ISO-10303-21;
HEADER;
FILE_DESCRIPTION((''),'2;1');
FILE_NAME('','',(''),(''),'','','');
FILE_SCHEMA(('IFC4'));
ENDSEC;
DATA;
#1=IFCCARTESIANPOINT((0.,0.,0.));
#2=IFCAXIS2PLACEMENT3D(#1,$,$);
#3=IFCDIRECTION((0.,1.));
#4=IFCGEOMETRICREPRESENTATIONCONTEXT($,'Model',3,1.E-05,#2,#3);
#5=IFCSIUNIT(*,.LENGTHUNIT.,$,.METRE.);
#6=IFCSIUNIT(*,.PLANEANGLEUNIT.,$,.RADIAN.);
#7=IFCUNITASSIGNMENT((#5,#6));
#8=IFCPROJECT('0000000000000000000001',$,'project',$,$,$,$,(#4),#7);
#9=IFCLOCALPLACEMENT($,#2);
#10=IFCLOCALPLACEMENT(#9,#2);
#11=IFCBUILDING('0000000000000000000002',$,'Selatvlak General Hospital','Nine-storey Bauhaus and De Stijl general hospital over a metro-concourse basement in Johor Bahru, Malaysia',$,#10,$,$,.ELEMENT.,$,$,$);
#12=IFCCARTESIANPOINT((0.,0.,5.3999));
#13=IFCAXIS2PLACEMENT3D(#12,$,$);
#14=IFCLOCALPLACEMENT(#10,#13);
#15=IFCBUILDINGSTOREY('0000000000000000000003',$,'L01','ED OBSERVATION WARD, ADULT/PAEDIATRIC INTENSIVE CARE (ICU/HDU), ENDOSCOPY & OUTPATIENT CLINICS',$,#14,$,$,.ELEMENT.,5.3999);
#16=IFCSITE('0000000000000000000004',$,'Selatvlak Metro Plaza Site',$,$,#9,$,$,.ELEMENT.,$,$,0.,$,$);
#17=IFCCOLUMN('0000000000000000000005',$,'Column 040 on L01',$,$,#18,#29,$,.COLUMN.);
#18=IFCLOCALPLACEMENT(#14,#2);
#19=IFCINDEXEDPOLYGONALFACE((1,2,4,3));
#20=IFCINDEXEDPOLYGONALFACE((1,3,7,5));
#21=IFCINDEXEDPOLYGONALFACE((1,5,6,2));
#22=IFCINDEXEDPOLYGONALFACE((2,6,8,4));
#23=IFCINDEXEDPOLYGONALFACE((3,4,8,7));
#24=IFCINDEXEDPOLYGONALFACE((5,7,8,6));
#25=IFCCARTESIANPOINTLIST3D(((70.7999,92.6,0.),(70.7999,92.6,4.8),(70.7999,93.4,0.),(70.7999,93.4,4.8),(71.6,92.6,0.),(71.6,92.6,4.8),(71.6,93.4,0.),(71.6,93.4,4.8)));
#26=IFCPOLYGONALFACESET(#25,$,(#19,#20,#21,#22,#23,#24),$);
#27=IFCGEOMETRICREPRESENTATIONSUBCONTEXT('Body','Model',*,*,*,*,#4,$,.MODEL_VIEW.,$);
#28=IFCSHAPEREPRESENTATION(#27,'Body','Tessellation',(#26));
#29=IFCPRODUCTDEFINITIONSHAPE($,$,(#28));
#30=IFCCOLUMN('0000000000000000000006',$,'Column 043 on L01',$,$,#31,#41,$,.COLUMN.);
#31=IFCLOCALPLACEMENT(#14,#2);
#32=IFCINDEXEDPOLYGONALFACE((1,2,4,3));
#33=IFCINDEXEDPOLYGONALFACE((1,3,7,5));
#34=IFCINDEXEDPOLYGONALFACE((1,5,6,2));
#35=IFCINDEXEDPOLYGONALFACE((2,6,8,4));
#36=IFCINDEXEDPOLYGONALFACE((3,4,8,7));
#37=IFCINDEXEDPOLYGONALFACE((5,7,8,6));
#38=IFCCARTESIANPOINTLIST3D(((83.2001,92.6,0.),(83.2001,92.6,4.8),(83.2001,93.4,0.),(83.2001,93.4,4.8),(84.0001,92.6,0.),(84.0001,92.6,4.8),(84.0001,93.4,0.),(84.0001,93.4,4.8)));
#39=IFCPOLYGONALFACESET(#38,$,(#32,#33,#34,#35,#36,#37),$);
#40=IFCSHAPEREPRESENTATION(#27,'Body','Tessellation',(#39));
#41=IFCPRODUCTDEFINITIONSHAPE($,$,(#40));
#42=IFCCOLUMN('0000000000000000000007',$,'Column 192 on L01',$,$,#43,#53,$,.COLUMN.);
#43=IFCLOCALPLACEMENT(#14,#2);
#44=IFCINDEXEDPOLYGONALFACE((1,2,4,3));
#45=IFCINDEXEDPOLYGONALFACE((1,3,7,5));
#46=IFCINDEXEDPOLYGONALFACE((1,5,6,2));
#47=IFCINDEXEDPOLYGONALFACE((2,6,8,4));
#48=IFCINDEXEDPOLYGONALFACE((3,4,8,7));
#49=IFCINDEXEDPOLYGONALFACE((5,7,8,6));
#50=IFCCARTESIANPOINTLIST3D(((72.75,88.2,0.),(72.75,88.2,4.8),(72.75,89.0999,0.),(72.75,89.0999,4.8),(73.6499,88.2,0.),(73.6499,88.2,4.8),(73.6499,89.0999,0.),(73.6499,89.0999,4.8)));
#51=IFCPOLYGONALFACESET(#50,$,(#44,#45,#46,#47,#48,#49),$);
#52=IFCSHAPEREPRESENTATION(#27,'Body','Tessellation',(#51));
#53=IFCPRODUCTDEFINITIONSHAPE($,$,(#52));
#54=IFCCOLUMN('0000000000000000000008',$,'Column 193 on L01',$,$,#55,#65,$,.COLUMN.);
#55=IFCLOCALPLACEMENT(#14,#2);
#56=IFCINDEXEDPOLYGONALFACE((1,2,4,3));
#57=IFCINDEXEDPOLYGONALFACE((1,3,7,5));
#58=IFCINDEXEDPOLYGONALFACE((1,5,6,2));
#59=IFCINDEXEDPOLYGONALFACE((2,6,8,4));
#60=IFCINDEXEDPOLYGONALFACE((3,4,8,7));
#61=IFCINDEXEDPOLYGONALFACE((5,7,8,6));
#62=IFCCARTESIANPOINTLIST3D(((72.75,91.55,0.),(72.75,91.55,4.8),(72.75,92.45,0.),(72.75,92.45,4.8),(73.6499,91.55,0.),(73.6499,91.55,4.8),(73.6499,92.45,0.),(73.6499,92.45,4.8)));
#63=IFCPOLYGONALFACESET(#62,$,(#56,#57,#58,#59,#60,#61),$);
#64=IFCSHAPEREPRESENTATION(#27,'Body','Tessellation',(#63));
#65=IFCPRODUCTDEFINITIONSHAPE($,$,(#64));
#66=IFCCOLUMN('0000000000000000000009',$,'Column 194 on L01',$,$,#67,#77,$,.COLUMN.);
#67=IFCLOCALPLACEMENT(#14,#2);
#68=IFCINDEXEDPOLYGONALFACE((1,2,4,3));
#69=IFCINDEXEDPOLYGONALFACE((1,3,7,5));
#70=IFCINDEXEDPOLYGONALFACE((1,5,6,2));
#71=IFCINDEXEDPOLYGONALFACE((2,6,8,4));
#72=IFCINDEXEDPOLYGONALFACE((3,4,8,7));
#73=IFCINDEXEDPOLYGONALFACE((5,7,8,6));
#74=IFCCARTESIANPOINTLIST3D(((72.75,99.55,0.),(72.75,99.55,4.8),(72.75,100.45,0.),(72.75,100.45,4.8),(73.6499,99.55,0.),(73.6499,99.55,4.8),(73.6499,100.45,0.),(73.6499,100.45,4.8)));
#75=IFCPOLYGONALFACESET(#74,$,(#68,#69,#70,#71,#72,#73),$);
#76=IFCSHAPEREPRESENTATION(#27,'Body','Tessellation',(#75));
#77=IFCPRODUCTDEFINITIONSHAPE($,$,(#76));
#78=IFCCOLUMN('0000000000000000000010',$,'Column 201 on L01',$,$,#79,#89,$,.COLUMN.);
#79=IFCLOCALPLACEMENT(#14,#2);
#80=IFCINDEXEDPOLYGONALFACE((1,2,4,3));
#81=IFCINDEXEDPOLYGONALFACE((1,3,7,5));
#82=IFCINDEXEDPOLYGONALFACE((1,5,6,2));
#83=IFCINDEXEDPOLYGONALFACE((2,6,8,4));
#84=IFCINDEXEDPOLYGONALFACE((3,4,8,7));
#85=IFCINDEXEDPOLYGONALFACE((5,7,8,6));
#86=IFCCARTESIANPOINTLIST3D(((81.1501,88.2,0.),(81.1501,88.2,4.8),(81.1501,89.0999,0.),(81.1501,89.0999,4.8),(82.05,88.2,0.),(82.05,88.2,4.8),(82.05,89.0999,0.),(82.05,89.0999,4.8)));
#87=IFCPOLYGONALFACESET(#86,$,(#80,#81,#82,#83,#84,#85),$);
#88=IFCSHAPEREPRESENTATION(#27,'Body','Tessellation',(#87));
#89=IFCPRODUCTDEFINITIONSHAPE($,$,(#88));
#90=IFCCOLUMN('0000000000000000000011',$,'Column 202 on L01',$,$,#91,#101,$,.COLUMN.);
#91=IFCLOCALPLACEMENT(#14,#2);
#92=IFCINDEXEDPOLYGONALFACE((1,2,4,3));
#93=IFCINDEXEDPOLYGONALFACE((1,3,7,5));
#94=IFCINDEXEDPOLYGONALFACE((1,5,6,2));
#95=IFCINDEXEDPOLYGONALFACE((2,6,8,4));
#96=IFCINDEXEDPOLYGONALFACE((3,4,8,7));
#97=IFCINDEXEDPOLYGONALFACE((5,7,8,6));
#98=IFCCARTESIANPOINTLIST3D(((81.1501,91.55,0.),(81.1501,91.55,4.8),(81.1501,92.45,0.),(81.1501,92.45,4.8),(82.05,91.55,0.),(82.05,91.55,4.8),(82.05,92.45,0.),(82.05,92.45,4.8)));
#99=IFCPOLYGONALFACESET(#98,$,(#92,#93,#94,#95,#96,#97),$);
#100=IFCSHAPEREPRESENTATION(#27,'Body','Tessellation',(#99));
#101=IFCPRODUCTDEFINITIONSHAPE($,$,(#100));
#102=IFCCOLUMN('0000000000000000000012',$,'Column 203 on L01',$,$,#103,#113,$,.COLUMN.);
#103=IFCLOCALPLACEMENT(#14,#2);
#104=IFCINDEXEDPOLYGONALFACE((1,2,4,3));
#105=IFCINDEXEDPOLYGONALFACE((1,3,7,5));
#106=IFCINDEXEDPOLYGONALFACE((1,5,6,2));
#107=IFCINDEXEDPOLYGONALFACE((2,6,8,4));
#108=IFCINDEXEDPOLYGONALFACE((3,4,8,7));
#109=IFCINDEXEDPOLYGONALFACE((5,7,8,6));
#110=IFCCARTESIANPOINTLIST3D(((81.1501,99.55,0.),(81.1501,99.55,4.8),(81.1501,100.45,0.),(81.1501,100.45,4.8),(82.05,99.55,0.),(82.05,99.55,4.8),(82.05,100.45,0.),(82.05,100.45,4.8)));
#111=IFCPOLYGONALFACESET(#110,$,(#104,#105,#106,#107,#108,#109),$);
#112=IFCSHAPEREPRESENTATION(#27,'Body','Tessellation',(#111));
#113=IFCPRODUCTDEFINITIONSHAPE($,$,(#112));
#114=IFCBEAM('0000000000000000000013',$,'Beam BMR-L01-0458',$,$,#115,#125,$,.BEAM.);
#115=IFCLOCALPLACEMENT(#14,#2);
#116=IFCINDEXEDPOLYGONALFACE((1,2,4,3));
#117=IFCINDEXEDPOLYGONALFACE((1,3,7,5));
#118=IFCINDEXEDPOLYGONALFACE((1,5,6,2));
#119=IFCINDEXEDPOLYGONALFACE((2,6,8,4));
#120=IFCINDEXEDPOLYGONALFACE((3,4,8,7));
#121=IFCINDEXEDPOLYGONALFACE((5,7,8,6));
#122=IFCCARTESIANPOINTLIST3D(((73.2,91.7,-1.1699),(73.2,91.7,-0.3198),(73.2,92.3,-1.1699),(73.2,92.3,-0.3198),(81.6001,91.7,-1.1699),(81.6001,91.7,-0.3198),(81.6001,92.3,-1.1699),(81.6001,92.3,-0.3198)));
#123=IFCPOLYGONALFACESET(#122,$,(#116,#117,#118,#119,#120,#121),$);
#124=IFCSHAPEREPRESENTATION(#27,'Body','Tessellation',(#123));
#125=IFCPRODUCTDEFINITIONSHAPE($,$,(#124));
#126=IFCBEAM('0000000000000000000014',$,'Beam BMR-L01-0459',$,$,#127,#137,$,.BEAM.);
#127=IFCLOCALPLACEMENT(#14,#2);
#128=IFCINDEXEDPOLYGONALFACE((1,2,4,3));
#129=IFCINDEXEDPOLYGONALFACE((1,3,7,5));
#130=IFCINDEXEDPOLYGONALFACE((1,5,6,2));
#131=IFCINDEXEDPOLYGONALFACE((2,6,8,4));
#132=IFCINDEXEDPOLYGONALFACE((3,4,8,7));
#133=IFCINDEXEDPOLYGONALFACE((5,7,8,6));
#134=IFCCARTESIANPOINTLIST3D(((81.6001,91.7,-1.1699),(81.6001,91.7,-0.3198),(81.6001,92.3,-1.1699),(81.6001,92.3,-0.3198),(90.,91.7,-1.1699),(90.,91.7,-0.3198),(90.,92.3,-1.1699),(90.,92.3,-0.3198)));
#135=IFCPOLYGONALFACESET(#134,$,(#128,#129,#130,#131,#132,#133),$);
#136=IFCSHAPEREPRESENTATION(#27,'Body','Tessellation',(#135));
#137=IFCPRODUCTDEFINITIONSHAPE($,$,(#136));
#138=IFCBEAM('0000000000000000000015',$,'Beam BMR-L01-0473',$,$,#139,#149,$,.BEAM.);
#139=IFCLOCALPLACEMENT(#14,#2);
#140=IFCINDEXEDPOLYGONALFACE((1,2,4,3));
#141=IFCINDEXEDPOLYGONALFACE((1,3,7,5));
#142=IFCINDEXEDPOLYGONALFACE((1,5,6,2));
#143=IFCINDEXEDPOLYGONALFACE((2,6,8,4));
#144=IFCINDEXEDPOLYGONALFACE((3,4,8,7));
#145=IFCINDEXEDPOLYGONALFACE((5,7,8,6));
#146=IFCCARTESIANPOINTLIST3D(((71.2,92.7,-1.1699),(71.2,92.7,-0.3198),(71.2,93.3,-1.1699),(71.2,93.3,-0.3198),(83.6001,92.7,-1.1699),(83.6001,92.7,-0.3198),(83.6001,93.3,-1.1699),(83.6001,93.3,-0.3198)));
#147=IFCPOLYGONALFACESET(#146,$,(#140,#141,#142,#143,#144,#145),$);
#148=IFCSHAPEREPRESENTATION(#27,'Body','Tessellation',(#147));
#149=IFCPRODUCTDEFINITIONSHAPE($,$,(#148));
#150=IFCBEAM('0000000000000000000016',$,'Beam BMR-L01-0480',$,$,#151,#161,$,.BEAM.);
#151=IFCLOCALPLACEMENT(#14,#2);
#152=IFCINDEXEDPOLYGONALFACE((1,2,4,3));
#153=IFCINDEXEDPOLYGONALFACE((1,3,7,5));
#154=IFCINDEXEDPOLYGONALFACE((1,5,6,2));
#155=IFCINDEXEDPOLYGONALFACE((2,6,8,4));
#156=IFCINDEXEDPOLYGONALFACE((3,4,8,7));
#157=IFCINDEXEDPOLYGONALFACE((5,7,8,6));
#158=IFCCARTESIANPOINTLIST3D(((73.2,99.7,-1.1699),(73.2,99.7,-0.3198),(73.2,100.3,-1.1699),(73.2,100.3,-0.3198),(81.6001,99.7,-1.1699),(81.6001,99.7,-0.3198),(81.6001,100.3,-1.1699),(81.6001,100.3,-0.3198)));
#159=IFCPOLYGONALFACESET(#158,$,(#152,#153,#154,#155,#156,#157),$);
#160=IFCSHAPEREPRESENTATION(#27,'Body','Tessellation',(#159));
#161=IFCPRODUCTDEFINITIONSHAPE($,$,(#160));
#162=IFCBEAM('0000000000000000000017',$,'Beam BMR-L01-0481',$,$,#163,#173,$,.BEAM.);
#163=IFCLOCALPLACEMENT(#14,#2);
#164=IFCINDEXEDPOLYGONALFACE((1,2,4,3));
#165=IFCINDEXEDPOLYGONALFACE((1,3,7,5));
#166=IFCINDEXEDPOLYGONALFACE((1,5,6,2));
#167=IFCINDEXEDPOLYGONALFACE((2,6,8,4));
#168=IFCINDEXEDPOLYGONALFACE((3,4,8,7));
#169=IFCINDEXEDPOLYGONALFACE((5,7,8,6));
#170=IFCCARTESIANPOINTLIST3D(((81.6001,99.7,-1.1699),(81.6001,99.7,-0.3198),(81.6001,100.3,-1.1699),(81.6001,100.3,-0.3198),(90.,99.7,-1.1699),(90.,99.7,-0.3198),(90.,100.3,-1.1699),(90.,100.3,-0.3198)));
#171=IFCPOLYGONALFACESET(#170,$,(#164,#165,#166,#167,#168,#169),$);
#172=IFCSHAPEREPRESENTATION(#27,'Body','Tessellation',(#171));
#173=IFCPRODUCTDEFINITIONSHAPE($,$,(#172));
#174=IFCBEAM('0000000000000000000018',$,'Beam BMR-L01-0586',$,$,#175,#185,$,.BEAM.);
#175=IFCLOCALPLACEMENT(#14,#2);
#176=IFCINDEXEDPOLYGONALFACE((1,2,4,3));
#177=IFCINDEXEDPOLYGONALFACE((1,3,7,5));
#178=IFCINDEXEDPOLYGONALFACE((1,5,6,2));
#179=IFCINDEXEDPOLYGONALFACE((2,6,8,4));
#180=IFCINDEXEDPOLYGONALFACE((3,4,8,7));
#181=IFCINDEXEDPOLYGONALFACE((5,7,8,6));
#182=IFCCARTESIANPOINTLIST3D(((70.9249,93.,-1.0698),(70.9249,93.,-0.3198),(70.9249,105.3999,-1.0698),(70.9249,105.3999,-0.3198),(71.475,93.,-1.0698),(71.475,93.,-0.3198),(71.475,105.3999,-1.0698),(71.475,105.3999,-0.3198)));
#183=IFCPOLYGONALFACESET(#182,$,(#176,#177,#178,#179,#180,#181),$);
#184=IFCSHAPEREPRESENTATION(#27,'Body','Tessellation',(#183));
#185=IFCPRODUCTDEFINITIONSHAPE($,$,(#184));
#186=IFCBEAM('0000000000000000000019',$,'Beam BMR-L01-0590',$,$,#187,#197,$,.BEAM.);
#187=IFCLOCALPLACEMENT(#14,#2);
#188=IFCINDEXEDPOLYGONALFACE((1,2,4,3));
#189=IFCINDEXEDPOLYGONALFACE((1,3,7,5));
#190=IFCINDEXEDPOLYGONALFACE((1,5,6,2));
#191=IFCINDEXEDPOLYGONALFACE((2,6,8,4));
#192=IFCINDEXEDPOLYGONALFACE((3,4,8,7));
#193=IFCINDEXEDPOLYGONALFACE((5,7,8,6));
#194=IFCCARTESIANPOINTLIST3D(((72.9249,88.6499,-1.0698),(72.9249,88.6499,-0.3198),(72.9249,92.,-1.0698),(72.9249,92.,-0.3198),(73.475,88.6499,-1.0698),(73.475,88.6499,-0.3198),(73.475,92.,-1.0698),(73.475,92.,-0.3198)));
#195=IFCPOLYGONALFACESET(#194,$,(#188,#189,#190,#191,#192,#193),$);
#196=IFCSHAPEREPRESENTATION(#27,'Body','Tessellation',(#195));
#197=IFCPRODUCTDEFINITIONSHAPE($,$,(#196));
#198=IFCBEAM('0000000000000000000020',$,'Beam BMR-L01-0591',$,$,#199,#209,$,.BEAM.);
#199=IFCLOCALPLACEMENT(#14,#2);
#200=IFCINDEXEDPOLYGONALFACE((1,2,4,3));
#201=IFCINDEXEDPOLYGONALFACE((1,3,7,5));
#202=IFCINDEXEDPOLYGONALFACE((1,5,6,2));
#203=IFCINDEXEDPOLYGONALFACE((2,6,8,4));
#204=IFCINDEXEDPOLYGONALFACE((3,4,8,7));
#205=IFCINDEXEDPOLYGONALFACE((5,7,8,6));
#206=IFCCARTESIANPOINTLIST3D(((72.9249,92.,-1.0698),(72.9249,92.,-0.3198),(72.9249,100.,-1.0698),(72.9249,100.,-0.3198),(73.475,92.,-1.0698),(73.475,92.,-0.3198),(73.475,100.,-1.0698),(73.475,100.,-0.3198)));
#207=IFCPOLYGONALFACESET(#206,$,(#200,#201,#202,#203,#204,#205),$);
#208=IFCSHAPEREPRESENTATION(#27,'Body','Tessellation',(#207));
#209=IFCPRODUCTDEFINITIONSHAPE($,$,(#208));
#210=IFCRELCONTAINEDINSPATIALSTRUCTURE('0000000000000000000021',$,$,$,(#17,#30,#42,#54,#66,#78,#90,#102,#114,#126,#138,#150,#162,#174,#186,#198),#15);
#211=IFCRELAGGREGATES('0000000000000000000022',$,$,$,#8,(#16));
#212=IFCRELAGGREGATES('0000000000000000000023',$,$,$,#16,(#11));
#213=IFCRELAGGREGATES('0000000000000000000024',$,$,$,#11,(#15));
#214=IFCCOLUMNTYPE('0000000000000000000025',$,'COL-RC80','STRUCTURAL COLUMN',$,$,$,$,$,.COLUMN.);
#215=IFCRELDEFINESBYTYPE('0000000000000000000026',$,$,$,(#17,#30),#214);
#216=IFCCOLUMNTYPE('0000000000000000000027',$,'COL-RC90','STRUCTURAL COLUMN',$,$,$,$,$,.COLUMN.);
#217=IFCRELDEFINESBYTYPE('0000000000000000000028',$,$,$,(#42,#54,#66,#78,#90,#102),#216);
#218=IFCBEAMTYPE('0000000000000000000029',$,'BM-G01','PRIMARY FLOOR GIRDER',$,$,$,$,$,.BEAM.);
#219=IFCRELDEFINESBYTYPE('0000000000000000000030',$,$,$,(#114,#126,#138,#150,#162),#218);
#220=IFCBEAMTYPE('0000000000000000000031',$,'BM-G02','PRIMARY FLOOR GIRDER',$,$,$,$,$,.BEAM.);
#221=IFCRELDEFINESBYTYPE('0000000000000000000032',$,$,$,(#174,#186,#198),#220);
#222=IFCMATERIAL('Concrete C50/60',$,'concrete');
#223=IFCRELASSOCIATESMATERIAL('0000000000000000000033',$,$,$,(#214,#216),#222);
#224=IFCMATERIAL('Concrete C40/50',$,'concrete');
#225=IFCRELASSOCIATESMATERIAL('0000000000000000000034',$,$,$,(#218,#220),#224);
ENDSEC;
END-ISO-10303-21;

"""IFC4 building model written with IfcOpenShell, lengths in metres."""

from ifc_helpers import new_model, si_unit, direction, frame, origin, origin_2d, place, context, subcontext, project, spatial, rectangle, extrude, material, material_profile, profile_set, type_object, element, save


model = new_model("IFC4")

# Units and contexts
model_context = context("Model", 3, precision=1e-05, world=origin(), true_north=direction((0.0, 1.0)))
body_context = subcontext(model_context, "Body", "Model", "MODEL_VIEW")
ifc_project = project(units=[si_unit("LENGTHUNIT", "METRE"), si_unit("PLANEANGLEUNIT", "RADIAN")], contexts=[model_context])

# Site, building, storey
site_placement = place(None, origin())
site = spatial("IfcSite", under=ifc_project, at=site_placement, Name="Selatvlak Metro Plaza Site", CompositionType="ELEMENT", RefElevation=0.0)
building_placement = place(site_placement, origin())
building = spatial("IfcBuilding", under=site, at=building_placement, Name="Selatvlak General Hospital", Description="Nine-storey Bauhaus and De Stijl general hospital over a metro-concourse basement in Johor Bahru, Malaysia", CompositionType="ELEMENT")
storey_placement = place(building_placement, frame((0.0, 0.0, 5.3999)))
storey = spatial("IfcBuildingStorey", under=building, at=storey_placement, Name="L01", Description="ED OBSERVATION WARD, ADULT/PAEDIATRIC INTENSIVE CARE (ICU/HDU), ENDOSCOPY & OUTPATIENT CLINICS", CompositionType="ELEMENT", Elevation=5.3999)

# Columns
ifc_material_1 = material(Name="Concrete C50/60", Category="concrete")
ifc_material_profile_1 = material_profile(ifc_material_1, rectangle(XDim=0.8, YDim=0.8, at=origin_2d()), Name="RC-COL 800x800")
ifc_profile_set_1 = profile_set([ifc_material_profile_1], Name="Concrete C50/60")
column_type_1 = type_object("IfcColumnType", Name="COL-RC80", Description="STRUCTURAL COLUMN", PredefinedType="COLUMN", material=ifc_profile_set_1)
for number, where, z_axis, x_axis, name in (
    (1, (71.2, 93.0, 0.0), (0.0, 0.0, 1.0), (1.0, 0.0, 0.0), "Column 040 on L01"),
    (2, (83.6001, 93.0, 0.0), (0.0, 0.0, 1.0), (1.0, 0.0, 0.0), "Column 043 on L01"),
):
    element("IfcColumn", number, at=place(storey_placement, frame(where, z_axis=z_axis, x_axis=x_axis)), inside=storey, type_object=column_type_1, Name=name, PredefinedType="COLUMN", context=body_context, shape_type="SweptSolid", body=[
        extrude(rectangle(XDim=0.8, YDim=0.8, at=origin_2d()), origin(), (0.0, 0.0, 1.0), 4.8),
    ])
ifc_material_profile_2 = material_profile(ifc_material_1, rectangle(XDim=0.8999, YDim=0.8999, at=origin_2d()), Name="RC-COL 900x900")
ifc_profile_set_2 = profile_set([ifc_material_profile_2], Name="Concrete C50/60")
column_type_2 = type_object("IfcColumnType", Name="COL-RC90", Description="STRUCTURAL COLUMN", PredefinedType="COLUMN", material=ifc_profile_set_2)
for number, where, z_axis, x_axis, name in (
    (3, (73.2, 88.6499, 0.0), (0.0, 0.0, 1.0), (1.0, 0.0, 0.0), "Column 192 on L01"),
    (4, (73.2, 92.0, 0.0), (0.0, 0.0, 1.0), (1.0, 0.0, 0.0), "Column 193 on L01"),
    (5, (73.2, 100.0, 0.0), (0.0, 0.0, 1.0), (1.0, 0.0, 0.0), "Column 194 on L01"),
    (6, (81.6001, 88.6499, 0.0), (0.0, 0.0, 1.0), (1.0, 0.0, 0.0), "Column 201 on L01"),
    (7, (81.6001, 92.0, 0.0), (0.0, 0.0, 1.0), (1.0, 0.0, 0.0), "Column 202 on L01"),
    (8, (81.6001, 100.0, 0.0), (0.0, 0.0, 1.0), (1.0, 0.0, 0.0), "Column 203 on L01"),
):
    element("IfcColumn", number, at=place(storey_placement, frame(where, z_axis=z_axis, x_axis=x_axis)), inside=storey, type_object=column_type_2, Name=name, PredefinedType="COLUMN", context=body_context, shape_type="SweptSolid", body=[
        extrude(rectangle(XDim=0.8999, YDim=0.8999, at=origin_2d()), origin(), (0.0, 0.0, 1.0), 4.8),
    ])

# Beams
ifc_material_2 = material(Name="Concrete C40/50", Category="concrete")
ifc_material_profile_3 = material_profile(ifc_material_2, rectangle(XDim=0.6001, YDim=0.8501, at=origin_2d()), Name="RC-BM 600x850")
ifc_profile_set_3 = profile_set([ifc_material_profile_3], Name="Concrete C40/50")
beam_type_1 = type_object("IfcBeamType", Name="BM-G01", Description="PRIMARY FLOOR GIRDER", PredefinedType="BEAM", material=ifc_profile_set_3)
beam_1_placement = place(storey_placement, frame((73.2, 92.0, -0.7449), z_axis=(1.0, 0.0, 0.0), x_axis=(0.0, 1.0, 0.0)))
element("IfcBeam", 9, at=beam_1_placement, inside=storey, type_object=beam_type_1, Name="Beam BMR-L01-0458", PredefinedType="BEAM", context=body_context, shape_type="SweptSolid", body=[
    extrude(rectangle(XDim=0.6001, YDim=0.8501, at=origin_2d()), origin(), (0.0, 0.0, 1.0), 8.4001),
])
beam_2_placement = place(storey_placement, frame((81.6001, 92.0, -0.7449), z_axis=(1.0, 0.0, 0.0), x_axis=(0.0, 1.0, 0.0)))
element("IfcBeam", 10, at=beam_2_placement, inside=storey, type_object=beam_type_1, Name="Beam BMR-L01-0459", PredefinedType="BEAM", context=body_context, shape_type="SweptSolid", body=[
    extrude(rectangle(XDim=0.6001, YDim=0.8501, at=origin_2d()), origin(), (0.0, 0.0, 1.0), 8.3999),
])
beam_3_placement = place(storey_placement, frame((71.2, 93.0, -0.7449), z_axis=(1.0, 0.0, 0.0), x_axis=(0.0, 1.0, 0.0)))
element("IfcBeam", 11, at=beam_3_placement, inside=storey, type_object=beam_type_1, Name="Beam BMR-L01-0473", PredefinedType="BEAM", context=body_context, shape_type="SweptSolid", body=[
    extrude(rectangle(XDim=0.6001, YDim=0.8501, at=origin_2d()), origin(), (0.0, 0.0, 1.0), 12.4001),
])
beam_4_placement = place(storey_placement, frame((73.2, 100.0, -0.7449), z_axis=(1.0, 0.0, 0.0), x_axis=(0.0, 1.0, 0.0)))
element("IfcBeam", 12, at=beam_4_placement, inside=storey, type_object=beam_type_1, Name="Beam BMR-L01-0480", PredefinedType="BEAM", context=body_context, shape_type="SweptSolid", body=[
    extrude(rectangle(XDim=0.6001, YDim=0.8501, at=origin_2d()), origin(), (0.0, 0.0, 1.0), 8.4001),
])
beam_5_placement = place(storey_placement, frame((81.6001, 100.0, -0.7449), z_axis=(1.0, 0.0, 0.0), x_axis=(0.0, 1.0, 0.0)))
element("IfcBeam", 13, at=beam_5_placement, inside=storey, type_object=beam_type_1, Name="Beam BMR-L01-0481", PredefinedType="BEAM", context=body_context, shape_type="SweptSolid", body=[
    extrude(rectangle(XDim=0.6001, YDim=0.8501, at=origin_2d()), origin(), (0.0, 0.0, 1.0), 8.3999),
])
ifc_material_profile_4 = material_profile(ifc_material_2, rectangle(XDim=0.55, YDim=0.75, at=origin_2d()), Name="RC-BM 550x750")
ifc_profile_set_4 = profile_set([ifc_material_profile_4], Name="Concrete C40/50")
beam_type_2 = type_object("IfcBeamType", Name="BM-G02", Description="PRIMARY FLOOR GIRDER", PredefinedType="BEAM", material=ifc_profile_set_4)
beam_6_placement = place(storey_placement, frame((71.2, 93.0, -0.6948), z_axis=(0.0, 1.0, 0.0), x_axis=(-1.0, 0.0, 0.0)))
element("IfcBeam", 14, at=beam_6_placement, inside=storey, type_object=beam_type_2, Name="Beam BMR-L01-0586", PredefinedType="BEAM", context=body_context, shape_type="SweptSolid", body=[
    extrude(rectangle(XDim=0.55, YDim=0.75, at=origin_2d()), origin(), (0.0, 0.0, 1.0), 12.3999),
])
beam_7_placement = place(storey_placement, frame((73.2, 88.6499, -0.6948), z_axis=(0.0, 1.0, 0.0), x_axis=(-1.0, 0.0, 0.0)))
element("IfcBeam", 15, at=beam_7_placement, inside=storey, type_object=beam_type_2, Name="Beam BMR-L01-0590", PredefinedType="BEAM", context=body_context, shape_type="SweptSolid", body=[
    extrude(rectangle(XDim=0.55, YDim=0.75, at=origin_2d()), origin(), (0.0, 0.0, 1.0), 3.3501),
])
for number, where, z_axis, x_axis, name in (
    (16, (73.2, 92.0, -0.6948), (0.0, 1.0, 0.0), (-1.0, 0.0, 0.0), "Beam BMR-L01-0591"),
):
    element("IfcBeam", number, at=place(storey_placement, frame(where, z_axis=z_axis, x_axis=x_axis)), inside=storey, type_object=beam_type_2, Name=name, PredefinedType="BEAM", context=body_context, shape_type="SweptSolid", body=[
        extrude(rectangle(XDim=0.55, YDim=0.75, at=origin_2d()), origin(), (0.0, 0.0, 1.0), 8.0),
    ])

save(model, "model.ifc")
